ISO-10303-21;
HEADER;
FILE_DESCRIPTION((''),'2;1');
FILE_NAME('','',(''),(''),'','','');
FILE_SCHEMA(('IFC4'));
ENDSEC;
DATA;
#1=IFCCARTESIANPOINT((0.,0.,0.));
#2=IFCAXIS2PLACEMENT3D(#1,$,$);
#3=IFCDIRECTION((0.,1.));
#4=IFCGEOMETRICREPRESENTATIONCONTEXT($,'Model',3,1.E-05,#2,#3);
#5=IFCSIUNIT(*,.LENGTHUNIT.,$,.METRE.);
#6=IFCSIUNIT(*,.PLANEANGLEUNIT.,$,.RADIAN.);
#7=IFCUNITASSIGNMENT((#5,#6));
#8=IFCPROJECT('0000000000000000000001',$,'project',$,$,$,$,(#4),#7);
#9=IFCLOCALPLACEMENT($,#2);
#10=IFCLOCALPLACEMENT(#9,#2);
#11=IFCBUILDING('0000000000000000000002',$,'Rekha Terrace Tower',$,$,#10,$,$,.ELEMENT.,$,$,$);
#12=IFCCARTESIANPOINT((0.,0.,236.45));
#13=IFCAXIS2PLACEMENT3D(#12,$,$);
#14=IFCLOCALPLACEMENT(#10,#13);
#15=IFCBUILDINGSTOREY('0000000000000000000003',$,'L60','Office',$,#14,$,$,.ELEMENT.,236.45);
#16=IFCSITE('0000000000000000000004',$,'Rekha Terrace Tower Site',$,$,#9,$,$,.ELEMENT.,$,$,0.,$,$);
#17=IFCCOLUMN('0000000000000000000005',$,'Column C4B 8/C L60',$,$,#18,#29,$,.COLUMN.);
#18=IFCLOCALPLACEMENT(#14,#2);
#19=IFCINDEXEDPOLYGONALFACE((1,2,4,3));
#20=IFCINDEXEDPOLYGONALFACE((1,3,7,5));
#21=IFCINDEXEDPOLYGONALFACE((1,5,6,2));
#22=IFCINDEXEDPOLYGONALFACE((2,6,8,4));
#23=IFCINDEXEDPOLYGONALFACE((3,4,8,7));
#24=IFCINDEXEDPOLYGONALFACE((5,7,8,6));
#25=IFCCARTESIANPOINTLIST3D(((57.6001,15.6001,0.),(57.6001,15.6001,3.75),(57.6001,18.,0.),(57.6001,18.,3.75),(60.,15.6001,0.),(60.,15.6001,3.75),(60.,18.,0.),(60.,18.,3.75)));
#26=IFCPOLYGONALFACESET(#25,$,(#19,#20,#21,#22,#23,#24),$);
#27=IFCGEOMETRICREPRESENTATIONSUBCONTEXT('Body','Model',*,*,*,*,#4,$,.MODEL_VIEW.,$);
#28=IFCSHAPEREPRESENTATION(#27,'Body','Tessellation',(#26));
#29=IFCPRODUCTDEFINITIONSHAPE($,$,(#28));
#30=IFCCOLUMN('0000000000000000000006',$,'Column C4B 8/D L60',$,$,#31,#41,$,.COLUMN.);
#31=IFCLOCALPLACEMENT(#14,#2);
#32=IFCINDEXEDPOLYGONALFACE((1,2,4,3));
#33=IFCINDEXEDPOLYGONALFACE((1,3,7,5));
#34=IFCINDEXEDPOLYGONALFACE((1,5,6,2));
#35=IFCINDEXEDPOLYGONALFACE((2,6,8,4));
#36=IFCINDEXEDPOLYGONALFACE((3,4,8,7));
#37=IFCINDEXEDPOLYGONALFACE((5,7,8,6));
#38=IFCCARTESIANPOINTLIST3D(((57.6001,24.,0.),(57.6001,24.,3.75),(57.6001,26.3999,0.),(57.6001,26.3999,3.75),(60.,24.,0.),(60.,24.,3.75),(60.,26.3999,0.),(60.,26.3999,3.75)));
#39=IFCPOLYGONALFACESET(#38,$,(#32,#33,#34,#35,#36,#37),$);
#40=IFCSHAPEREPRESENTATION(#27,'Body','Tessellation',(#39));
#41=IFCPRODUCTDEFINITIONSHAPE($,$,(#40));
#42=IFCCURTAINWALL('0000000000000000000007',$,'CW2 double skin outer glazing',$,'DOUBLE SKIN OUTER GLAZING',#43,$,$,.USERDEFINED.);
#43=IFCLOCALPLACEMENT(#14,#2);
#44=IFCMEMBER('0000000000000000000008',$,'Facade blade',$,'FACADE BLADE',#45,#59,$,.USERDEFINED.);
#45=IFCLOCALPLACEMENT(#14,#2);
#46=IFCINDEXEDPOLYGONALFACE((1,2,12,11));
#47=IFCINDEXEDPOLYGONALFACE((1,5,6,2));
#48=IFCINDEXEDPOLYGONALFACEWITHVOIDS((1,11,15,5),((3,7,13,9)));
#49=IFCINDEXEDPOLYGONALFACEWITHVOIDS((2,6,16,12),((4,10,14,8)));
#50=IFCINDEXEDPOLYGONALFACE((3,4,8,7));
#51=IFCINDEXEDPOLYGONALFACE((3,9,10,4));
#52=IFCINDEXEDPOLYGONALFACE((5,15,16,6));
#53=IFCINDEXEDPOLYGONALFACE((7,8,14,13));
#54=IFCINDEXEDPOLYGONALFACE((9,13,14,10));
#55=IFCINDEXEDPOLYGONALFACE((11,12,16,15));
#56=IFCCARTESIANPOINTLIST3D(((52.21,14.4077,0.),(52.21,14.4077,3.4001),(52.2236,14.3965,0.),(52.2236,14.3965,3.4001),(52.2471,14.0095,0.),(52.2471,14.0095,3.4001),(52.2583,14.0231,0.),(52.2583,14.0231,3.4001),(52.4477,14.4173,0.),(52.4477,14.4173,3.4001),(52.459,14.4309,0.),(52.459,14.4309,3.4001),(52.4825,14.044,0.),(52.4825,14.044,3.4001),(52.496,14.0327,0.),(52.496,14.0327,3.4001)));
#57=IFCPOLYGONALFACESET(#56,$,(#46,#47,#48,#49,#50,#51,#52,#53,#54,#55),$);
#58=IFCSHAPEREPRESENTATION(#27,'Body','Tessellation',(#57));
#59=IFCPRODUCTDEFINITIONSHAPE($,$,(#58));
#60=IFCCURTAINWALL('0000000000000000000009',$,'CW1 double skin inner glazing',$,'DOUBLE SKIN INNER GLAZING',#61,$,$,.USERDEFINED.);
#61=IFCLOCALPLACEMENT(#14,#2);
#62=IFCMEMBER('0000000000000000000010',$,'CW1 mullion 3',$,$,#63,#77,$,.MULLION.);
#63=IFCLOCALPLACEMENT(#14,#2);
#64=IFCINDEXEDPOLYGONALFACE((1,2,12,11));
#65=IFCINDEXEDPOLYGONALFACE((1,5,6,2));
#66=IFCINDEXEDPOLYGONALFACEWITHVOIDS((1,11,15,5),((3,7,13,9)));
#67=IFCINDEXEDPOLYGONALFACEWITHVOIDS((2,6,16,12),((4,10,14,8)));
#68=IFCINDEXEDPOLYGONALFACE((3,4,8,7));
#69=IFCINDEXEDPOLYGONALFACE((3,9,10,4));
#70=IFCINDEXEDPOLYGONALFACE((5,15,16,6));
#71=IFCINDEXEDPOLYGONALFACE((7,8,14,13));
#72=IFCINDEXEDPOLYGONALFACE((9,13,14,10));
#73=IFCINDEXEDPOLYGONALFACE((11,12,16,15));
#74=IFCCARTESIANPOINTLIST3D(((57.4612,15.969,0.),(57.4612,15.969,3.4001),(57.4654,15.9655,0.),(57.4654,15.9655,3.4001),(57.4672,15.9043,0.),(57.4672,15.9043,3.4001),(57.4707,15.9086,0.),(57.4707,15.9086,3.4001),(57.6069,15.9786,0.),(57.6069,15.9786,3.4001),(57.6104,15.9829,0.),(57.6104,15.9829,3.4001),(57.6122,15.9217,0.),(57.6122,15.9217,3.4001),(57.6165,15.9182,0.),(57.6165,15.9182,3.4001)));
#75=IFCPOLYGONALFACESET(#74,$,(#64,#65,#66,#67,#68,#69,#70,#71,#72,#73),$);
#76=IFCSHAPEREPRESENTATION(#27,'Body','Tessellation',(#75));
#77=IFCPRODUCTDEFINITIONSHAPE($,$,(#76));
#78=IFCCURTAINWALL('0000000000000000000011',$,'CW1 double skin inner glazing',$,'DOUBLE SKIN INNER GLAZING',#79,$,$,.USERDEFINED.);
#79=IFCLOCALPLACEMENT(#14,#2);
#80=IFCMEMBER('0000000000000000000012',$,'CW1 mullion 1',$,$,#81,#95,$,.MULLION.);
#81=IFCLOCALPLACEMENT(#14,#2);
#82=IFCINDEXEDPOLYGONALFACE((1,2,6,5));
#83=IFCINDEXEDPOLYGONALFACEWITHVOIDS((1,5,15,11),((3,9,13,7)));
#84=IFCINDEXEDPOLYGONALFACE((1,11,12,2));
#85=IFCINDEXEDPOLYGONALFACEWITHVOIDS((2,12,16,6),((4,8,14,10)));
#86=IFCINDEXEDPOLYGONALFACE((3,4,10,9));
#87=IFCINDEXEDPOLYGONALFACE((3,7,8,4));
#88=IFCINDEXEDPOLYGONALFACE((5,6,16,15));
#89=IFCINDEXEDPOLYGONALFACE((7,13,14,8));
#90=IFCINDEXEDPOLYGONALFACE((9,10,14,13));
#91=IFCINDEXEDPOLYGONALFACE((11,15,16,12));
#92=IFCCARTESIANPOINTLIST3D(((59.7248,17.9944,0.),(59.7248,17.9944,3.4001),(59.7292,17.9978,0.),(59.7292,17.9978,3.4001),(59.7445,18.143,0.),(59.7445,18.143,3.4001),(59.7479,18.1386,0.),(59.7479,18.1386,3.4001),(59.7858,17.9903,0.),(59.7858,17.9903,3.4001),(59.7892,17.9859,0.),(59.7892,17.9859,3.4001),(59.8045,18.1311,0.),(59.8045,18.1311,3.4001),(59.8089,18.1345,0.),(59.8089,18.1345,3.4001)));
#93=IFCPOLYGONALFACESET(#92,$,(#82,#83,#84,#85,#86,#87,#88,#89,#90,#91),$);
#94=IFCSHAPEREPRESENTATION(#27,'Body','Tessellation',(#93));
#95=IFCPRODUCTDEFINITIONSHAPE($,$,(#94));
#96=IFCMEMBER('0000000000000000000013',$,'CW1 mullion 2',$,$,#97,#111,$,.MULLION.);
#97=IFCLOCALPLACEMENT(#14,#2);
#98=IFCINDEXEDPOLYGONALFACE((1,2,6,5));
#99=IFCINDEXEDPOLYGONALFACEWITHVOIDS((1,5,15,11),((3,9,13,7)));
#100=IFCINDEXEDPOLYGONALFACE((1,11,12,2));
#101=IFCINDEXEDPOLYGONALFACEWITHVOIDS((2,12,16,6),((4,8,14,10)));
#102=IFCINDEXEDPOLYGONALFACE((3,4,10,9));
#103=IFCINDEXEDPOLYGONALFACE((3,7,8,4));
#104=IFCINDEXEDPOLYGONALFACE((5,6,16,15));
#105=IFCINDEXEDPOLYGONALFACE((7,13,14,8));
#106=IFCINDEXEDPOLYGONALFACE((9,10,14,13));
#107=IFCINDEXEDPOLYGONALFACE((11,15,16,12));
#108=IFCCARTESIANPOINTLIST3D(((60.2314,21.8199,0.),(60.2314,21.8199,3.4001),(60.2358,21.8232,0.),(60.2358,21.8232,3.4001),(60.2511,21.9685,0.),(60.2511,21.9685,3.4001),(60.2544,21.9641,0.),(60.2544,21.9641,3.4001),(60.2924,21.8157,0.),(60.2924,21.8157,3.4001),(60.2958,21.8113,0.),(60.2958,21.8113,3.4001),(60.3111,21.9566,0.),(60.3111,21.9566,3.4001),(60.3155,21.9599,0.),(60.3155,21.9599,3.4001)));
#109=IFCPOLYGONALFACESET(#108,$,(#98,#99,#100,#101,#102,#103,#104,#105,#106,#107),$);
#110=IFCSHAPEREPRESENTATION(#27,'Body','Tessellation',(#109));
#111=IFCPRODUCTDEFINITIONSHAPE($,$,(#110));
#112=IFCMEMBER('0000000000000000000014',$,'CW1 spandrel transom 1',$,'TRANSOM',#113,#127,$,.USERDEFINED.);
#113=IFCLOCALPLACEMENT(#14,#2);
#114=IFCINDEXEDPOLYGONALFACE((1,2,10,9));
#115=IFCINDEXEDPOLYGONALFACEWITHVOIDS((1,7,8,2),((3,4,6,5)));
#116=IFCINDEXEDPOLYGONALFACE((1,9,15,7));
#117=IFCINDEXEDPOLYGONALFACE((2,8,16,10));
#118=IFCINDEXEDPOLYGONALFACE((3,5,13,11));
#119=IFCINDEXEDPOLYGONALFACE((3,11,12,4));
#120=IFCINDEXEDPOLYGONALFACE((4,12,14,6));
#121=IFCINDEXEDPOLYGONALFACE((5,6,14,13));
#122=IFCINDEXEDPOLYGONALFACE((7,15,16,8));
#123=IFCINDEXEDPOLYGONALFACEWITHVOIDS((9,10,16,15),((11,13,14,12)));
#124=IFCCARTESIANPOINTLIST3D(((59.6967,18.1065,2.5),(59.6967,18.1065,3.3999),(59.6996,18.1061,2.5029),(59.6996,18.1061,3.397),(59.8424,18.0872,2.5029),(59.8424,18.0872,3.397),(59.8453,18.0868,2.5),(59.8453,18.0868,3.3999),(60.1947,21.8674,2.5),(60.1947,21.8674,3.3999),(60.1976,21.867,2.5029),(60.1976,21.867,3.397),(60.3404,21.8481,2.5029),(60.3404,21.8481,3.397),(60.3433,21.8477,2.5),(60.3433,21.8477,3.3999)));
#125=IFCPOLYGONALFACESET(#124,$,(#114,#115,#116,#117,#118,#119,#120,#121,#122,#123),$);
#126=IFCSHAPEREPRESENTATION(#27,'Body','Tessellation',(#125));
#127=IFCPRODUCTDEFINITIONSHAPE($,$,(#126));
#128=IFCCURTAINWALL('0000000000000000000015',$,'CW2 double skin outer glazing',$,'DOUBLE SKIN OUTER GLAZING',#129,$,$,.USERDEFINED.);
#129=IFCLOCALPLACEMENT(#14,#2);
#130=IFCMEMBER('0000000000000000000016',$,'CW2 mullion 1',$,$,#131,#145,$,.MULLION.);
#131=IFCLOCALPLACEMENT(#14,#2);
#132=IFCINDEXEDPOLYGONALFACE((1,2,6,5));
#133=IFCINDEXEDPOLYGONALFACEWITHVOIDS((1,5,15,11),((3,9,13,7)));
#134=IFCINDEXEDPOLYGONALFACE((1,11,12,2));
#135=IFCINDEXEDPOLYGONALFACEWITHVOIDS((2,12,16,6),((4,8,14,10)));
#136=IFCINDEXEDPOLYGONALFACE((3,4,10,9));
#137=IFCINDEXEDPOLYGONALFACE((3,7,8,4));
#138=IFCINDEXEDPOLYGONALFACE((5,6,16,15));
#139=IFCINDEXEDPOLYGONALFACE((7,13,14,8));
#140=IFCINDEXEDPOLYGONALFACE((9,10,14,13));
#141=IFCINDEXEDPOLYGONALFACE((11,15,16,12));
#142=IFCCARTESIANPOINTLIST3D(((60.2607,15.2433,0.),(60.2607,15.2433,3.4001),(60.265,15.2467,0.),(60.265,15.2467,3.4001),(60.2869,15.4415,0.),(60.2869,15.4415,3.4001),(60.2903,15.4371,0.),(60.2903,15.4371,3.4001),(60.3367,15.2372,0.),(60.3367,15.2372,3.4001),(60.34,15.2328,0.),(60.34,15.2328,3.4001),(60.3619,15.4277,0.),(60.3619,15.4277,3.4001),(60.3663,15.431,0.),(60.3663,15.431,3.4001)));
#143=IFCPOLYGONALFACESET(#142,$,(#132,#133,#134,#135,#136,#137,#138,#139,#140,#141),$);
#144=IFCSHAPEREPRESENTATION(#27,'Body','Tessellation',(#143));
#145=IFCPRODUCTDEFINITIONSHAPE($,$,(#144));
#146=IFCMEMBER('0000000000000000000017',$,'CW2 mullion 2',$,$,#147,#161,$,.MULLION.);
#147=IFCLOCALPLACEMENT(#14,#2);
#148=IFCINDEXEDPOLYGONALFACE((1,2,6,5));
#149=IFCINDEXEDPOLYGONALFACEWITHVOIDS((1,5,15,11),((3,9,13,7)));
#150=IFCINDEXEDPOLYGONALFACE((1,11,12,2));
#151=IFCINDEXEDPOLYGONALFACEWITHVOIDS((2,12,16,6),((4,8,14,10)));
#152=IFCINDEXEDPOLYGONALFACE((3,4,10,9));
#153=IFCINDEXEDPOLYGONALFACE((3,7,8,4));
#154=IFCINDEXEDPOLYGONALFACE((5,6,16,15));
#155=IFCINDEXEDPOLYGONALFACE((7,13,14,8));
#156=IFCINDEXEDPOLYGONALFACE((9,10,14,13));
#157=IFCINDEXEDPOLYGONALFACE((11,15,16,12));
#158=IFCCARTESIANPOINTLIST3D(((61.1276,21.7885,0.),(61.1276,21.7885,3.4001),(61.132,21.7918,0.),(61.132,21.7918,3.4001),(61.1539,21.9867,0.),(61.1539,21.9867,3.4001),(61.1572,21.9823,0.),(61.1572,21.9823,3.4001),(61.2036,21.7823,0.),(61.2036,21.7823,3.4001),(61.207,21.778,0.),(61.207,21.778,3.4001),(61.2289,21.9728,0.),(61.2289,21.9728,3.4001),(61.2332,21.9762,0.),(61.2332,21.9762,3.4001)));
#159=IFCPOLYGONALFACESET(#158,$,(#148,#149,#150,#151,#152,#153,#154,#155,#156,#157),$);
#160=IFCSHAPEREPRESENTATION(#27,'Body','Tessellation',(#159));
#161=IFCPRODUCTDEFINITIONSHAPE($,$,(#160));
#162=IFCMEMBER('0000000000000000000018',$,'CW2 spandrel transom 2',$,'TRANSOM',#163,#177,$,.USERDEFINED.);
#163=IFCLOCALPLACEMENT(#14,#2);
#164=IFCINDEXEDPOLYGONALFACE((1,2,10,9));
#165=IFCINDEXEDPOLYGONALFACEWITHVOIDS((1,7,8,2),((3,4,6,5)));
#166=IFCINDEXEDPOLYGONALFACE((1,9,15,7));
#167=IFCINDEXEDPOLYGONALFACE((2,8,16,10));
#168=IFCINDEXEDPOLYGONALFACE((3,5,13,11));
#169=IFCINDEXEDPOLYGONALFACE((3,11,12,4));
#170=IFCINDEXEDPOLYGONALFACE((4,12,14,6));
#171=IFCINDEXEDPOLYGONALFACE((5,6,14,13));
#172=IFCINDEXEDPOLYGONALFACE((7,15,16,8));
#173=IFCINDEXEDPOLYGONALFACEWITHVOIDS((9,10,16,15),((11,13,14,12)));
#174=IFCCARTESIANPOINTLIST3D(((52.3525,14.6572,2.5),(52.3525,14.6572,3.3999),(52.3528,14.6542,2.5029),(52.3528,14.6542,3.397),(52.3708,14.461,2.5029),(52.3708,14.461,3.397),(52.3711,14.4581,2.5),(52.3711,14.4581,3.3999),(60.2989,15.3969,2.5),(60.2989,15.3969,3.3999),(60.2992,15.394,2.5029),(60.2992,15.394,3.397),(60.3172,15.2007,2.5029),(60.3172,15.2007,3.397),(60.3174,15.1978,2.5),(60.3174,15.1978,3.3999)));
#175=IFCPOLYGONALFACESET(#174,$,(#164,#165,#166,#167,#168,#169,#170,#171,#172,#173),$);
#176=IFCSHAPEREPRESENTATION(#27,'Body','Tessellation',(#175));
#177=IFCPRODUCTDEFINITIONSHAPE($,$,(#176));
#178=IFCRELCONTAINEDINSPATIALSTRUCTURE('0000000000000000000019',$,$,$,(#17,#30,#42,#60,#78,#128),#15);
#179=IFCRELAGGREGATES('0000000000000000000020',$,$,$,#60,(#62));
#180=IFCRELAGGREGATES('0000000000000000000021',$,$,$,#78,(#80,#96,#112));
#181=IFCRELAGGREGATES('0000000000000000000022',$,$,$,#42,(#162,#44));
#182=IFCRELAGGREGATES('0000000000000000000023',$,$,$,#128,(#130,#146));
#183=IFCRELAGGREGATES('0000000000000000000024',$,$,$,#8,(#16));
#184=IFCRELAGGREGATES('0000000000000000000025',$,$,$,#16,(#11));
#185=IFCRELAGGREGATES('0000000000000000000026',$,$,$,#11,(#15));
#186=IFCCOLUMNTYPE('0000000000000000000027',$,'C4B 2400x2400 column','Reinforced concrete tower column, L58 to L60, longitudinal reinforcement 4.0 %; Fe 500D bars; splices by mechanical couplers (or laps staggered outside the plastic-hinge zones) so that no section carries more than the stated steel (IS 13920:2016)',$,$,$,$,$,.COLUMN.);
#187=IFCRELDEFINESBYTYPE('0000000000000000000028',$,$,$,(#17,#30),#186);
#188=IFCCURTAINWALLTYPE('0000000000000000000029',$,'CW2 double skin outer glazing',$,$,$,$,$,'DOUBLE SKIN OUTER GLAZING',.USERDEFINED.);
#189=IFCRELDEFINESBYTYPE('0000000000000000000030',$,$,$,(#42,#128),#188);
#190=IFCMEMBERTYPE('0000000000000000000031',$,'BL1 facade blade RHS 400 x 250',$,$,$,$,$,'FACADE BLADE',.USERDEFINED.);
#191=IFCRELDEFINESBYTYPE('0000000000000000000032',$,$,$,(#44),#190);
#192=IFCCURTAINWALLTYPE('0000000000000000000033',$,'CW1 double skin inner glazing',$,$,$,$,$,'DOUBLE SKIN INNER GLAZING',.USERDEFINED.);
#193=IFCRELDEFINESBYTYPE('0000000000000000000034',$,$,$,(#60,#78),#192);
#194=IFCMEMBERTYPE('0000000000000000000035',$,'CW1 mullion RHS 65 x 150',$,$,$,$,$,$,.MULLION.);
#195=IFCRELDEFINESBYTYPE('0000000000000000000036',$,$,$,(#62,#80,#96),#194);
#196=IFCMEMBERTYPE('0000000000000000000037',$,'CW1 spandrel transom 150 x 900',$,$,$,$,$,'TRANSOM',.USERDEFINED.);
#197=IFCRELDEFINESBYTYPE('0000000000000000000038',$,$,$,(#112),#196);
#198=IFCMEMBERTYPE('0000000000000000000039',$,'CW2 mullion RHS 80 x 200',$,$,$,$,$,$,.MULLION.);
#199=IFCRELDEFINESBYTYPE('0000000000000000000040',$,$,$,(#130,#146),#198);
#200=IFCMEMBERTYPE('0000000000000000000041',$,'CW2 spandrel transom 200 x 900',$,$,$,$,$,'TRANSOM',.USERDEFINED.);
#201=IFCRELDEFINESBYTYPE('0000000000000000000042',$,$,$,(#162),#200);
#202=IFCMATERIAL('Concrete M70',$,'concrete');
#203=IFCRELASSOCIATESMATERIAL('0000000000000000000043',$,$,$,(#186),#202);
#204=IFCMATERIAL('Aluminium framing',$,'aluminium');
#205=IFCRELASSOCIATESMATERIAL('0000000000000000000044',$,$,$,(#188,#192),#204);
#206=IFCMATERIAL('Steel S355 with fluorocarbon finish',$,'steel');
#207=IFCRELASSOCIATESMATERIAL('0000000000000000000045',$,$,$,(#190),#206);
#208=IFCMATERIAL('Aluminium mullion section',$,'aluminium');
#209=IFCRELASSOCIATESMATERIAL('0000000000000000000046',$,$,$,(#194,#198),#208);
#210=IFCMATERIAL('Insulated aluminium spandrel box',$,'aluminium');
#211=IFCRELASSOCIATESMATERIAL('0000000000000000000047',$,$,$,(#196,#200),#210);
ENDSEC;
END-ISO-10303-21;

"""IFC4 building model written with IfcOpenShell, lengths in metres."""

from ifc_helpers import new_model, si_unit, direction, frame, origin, origin_2d, place, context, subcontext, project, spatial, rectangle, hollow_rectangle, extrude, material, material_profile, profile_set, type_object, element, aggregate, save


model = new_model("IFC4")

# Units and contexts
model_context = context("Model", 3, precision=1e-05, world=origin(), true_north=direction((0.0, 1.0)))
body_context = subcontext(model_context, "Body", "Model", "MODEL_VIEW")
ifc_project = project(units=[si_unit("LENGTHUNIT", "METRE"), si_unit("PLANEANGLEUNIT", "RADIAN")], contexts=[model_context])

# Site, building, storey
site_placement = place(None, origin())
site = spatial("IfcSite", under=ifc_project, at=site_placement, Name="Rekha Terrace Tower Site", CompositionType="ELEMENT", RefElevation=0.0)
building_placement = place(site_placement, origin())
building = spatial("IfcBuilding", under=site, at=building_placement, Name="Rekha Terrace Tower", CompositionType="ELEMENT")
storey_placement = place(building_placement, frame((0.0, 0.0, 236.45)))
storey = spatial("IfcBuildingStorey", under=building, at=storey_placement, Name="L60", Description="Office", CompositionType="ELEMENT", Elevation=236.45)

# Columns
ifc_material_1 = material(Name="Concrete M70", Category="concrete")
ifc_material_profile_1 = material_profile(ifc_material_1, rectangle(XDim=2.3999, YDim=2.3999, at=origin_2d()), Name="RC 2400x2400")
ifc_profile_set_1 = profile_set([ifc_material_profile_1], Name="Concrete M70")
column_type = type_object("IfcColumnType", Name="C4B 2400x2400 column", Description="Reinforced concrete tower column, L58 to L60, longitudinal reinforcement 4.0 %; Fe 500D bars; splices by mechanical couplers (or laps staggered outside the plastic-hinge zones) so that no section carries more than the stated steel (IS 13920:2016)", PredefinedType="COLUMN", material=ifc_profile_set_1)
for number, where, z_axis, x_axis, name in (
    (1, (58.8, 16.8, 0.0), (0.0, 0.0, 1.0), (1.0, 0.0, 0.0), "Column C4B 8/C L60"),
    (2, (58.8, 25.2, 0.0), (0.0, 0.0, 1.0), (1.0, 0.0, 0.0), "Column C4B 8/D L60"),
):
    element("IfcColumn", number, at=place(storey_placement, frame(where, z_axis=z_axis, x_axis=x_axis)), inside=storey, type_object=column_type, Name=name, PredefinedType="COLUMN", context=body_context, shape_type="SweptSolid", body=[
        extrude(rectangle(XDim=2.3999, YDim=2.3999, at=origin_2d()), origin(), (0.0, 0.0, 1.0), 3.75),
    ])

# Curtain walls, members
ifc_material_2 = material(Name="Aluminium framing", Category="aluminium")
curtain_wall_type_1 = type_object("IfcCurtainWallType", Name="CW2 double skin outer glazing", ElementType="DOUBLE SKIN OUTER GLAZING", PredefinedType="USERDEFINED", material=ifc_material_2)
curtain_wall_1_placement = place(storey_placement, origin())
curtain_wall_1 = element("IfcCurtainWall", 3, at=curtain_wall_1_placement, inside=storey, type_object=curtain_wall_type_1, Name="CW2 double skin outer glazing", ObjectType="DOUBLE SKIN OUTER GLAZING", PredefinedType="USERDEFINED")
ifc_material_3 = material(Name="Steel S355 with fluorocarbon finish", Category="steel")
ifc_material_profile_2 = material_profile(ifc_material_3, hollow_rectangle(XDim=0.25, YDim=0.3999, WallThickness=0.0125, at=origin_2d()), Name="RHS400x250x12.5")
ifc_profile_set_2 = profile_set([ifc_material_profile_2], Name="Steel S355 with fluorocarbon finish")
member_type_1 = type_object("IfcMemberType", Name="BL1 facade blade RHS 400 x 250", ElementType="FACADE BLADE", PredefinedType="USERDEFINED", material=ifc_profile_set_2)
member_1_placement = place(storey_placement, frame((52.353, 14.2202, 0.0), z_axis=(0.0, 0.0, 1.0), x_axis=(0.995693, 0.092709, 0.0)))
member_1 = element("IfcMember", 4, at=member_1_placement, type_object=member_type_1, Name="Facade blade", ObjectType="FACADE BLADE", PredefinedType="USERDEFINED", context=body_context, shape_type="SweptSolid", body=[
    extrude(hollow_rectangle(XDim=0.25, YDim=0.3999, WallThickness=0.0125, at=origin_2d()), origin(), (0.0, 0.0, 1.0), 3.4001),
])
curtain_wall_type_2 = type_object("IfcCurtainWallType", Name="CW1 double skin inner glazing", ElementType="DOUBLE SKIN INNER GLAZING", PredefinedType="USERDEFINED", material=ifc_material_2)
curtain_wall_2_placement = place(storey_placement, origin())
curtain_wall_2 = element("IfcCurtainWall", 5, at=curtain_wall_2_placement, inside=storey, type_object=curtain_wall_type_2, Name="CW1 double skin inner glazing", ObjectType="DOUBLE SKIN INNER GLAZING", PredefinedType="USERDEFINED")
ifc_material_4 = material(Name="Aluminium mullion section", Category="aluminium")
ifc_material_profile_3 = material_profile(ifc_material_4, hollow_rectangle(XDim=0.0649, YDim=0.1499, WallThickness=0.0039, at=origin_2d()), Name="AL RHS 65x150")
ifc_profile_set_3 = profile_set([ifc_material_profile_3], Name="Aluminium mullion section")
member_type_2 = type_object("IfcMemberType", Name="CW1 mullion RHS 65 x 150", PredefinedType="MULLION", material=ifc_profile_set_3)
member_2_placement = place(storey_placement, frame((57.5388, 15.9436, 0.0), z_axis=(0.0, 0.0, 1.0), x_axis=(-0.092709, 0.995693, 0.0)))
member_2 = element("IfcMember", 6, at=member_2_placement, type_object=member_type_2, Name="CW1 mullion 3", PredefinedType="MULLION", context=body_context, shape_type="SweptSolid", body=[
    extrude(hollow_rectangle(XDim=0.0649, YDim=0.1499, WallThickness=0.0039, at=origin_2d()), origin(), (0.0, 0.0, 1.0), 3.4001),
])

# Curtain walls, members
curtain_wall_3_placement = place(storey_placement, origin())
curtain_wall_3 = element("IfcCurtainWall", 7, at=curtain_wall_3_placement, inside=storey, type_object=curtain_wall_type_2, Name="CW1 double skin inner glazing", ObjectType="DOUBLE SKIN INNER GLAZING", PredefinedType="USERDEFINED")
member_3_placement = place(storey_placement, frame((59.7668, 18.0645, 0.0), z_axis=(0.0, 0.0, 1.0), x_axis=(-0.991342, 0.131304, 0.0)))
member_3 = element("IfcMember", 8, at=member_3_placement, type_object=member_type_2, Name="CW1 mullion 1", PredefinedType="MULLION", context=body_context, shape_type="SweptSolid", body=[
    extrude(hollow_rectangle(XDim=0.0649, YDim=0.1499, WallThickness=0.0039, at=origin_2d()), origin(), (0.0, 0.0, 1.0), 3.4001),
])
member_4_placement = place(storey_placement, frame((60.2734, 21.8899, 0.0), z_axis=(0.0, 0.0, 1.0), x_axis=(-0.991342, 0.131304, 0.0)))
member_4 = element("IfcMember", 9, at=member_4_placement, type_object=member_type_2, Name="CW1 mullion 2", PredefinedType="MULLION", context=body_context, shape_type="SweptSolid", body=[
    extrude(hollow_rectangle(XDim=0.0649, YDim=0.1499, WallThickness=0.0039, at=origin_2d()), origin(), (0.0, 0.0, 1.0), 3.4001),
])
ifc_material_5 = material(Name="Insulated aluminium spandrel box", Category="aluminium")
ifc_material_profile_4 = material_profile(ifc_material_5, hollow_rectangle(XDim=0.1499, YDim=0.8999, WallThickness=0.0029, at=origin_2d()), Name="AL SPANDREL BOX 150x900")
ifc_profile_set_4 = profile_set([ifc_material_profile_4], Name="Insulated aluminium spandrel box")
member_type_3 = type_object("IfcMemberType", Name="CW1 spandrel transom 150 x 900", ElementType="TRANSOM", PredefinedType="USERDEFINED", material=ifc_profile_set_4)
member_5_placement = place(storey_placement, frame((59.771, 18.0967, 2.95), z_axis=(0.131278, 0.991346, 0.0), x_axis=(-0.991346, 0.131278, 0.0)))
member_5 = element("IfcMember", 10, at=member_5_placement, type_object=member_type_3, Name="CW1 spandrel transom 1", ObjectType="TRANSOM", PredefinedType="USERDEFINED", context=body_context, shape_type="SweptSolid", body=[
    extrude(hollow_rectangle(XDim=0.1499, YDim=0.8999, WallThickness=0.0029, at=origin_2d()), origin(), (0.0, 0.0, 1.0), 3.7937),
])
curtain_wall_4_placement = place(storey_placement, origin())
curtain_wall_4 = element("IfcCurtainWall", 11, at=curtain_wall_4_placement, inside=storey, type_object=curtain_wall_type_1, Name="CW2 double skin outer glazing", ObjectType="DOUBLE SKIN OUTER GLAZING", PredefinedType="USERDEFINED")
ifc_material_profile_5 = material_profile(ifc_material_4, hollow_rectangle(XDim=0.0801, YDim=0.2, WallThickness=0.0039, at=origin_2d()), Name="AL RHS 80x200")
ifc_profile_set_5 = profile_set([ifc_material_profile_5], Name="Aluminium mullion section")
member_type_4 = type_object("IfcMemberType", Name="CW2 mullion RHS 80 x 200", PredefinedType="MULLION", material=ifc_profile_set_5)
member_6_placement = place(storey_placement, frame((60.3135, 15.3372, 0.0), z_axis=(0.0, 0.0, 1.0), x_axis=(-0.991342, 0.131304, 0.0)))
member_6 = element("IfcMember", 12, at=member_6_placement, type_object=member_type_4, Name="CW2 mullion 1", PredefinedType="MULLION", context=body_context, shape_type="SweptSolid", body=[
    extrude(hollow_rectangle(XDim=0.0801, YDim=0.2, WallThickness=0.0039, at=origin_2d()), origin(), (0.0, 0.0, 1.0), 3.4001),
])
member_7_placement = place(storey_placement, frame((61.1804, 21.8823, 0.0), z_axis=(0.0, 0.0, 1.0), x_axis=(-0.991342, 0.131304, 0.0)))
member_7 = element("IfcMember", 13, at=member_7_placement, type_object=member_type_4, Name="CW2 mullion 2", PredefinedType="MULLION", context=body_context, shape_type="SweptSolid", body=[
    extrude(hollow_rectangle(XDim=0.0801, YDim=0.2, WallThickness=0.0039, at=origin_2d()), origin(), (0.0, 0.0, 1.0), 3.4001),
])

# Member
ifc_material_profile_6 = material_profile(ifc_material_5, hollow_rectangle(XDim=0.2, YDim=0.8999, WallThickness=0.0029, at=origin_2d()), Name="AL SPANDREL BOX 200x900")
ifc_profile_set_6 = profile_set([ifc_material_profile_6], Name="Insulated aluminium spandrel box")
member_type_5 = type_object("IfcMemberType", Name="CW2 spandrel transom 200 x 900", ElementType="TRANSOM", PredefinedType="USERDEFINED", material=ifc_profile_set_6)
member_8_placement = place(storey_placement, frame((52.3618, 14.5576, 2.95), z_axis=(0.995695, 0.092692, 0.0), x_axis=(-0.092692, 0.995695, 0.0)))
member_8 = element("IfcMember", 14, at=member_8_placement, type_object=member_type_5, Name="CW2 spandrel transom 2", ObjectType="TRANSOM", PredefinedType="USERDEFINED", context=body_context, shape_type="SweptSolid", body=[
    extrude(hollow_rectangle(XDim=0.2, YDim=0.8999, WallThickness=0.0029, at=origin_2d()), origin(), (0.0, 0.0, 1.0), 7.9807),
])

aggregate(curtain_wall_2, [member_2])
aggregate(curtain_wall_3, [member_3, member_4, member_5])
aggregate(curtain_wall_1, [member_8, member_1])
aggregate(curtain_wall_4, [member_6, member_7])

save(model, "model.ifc")
